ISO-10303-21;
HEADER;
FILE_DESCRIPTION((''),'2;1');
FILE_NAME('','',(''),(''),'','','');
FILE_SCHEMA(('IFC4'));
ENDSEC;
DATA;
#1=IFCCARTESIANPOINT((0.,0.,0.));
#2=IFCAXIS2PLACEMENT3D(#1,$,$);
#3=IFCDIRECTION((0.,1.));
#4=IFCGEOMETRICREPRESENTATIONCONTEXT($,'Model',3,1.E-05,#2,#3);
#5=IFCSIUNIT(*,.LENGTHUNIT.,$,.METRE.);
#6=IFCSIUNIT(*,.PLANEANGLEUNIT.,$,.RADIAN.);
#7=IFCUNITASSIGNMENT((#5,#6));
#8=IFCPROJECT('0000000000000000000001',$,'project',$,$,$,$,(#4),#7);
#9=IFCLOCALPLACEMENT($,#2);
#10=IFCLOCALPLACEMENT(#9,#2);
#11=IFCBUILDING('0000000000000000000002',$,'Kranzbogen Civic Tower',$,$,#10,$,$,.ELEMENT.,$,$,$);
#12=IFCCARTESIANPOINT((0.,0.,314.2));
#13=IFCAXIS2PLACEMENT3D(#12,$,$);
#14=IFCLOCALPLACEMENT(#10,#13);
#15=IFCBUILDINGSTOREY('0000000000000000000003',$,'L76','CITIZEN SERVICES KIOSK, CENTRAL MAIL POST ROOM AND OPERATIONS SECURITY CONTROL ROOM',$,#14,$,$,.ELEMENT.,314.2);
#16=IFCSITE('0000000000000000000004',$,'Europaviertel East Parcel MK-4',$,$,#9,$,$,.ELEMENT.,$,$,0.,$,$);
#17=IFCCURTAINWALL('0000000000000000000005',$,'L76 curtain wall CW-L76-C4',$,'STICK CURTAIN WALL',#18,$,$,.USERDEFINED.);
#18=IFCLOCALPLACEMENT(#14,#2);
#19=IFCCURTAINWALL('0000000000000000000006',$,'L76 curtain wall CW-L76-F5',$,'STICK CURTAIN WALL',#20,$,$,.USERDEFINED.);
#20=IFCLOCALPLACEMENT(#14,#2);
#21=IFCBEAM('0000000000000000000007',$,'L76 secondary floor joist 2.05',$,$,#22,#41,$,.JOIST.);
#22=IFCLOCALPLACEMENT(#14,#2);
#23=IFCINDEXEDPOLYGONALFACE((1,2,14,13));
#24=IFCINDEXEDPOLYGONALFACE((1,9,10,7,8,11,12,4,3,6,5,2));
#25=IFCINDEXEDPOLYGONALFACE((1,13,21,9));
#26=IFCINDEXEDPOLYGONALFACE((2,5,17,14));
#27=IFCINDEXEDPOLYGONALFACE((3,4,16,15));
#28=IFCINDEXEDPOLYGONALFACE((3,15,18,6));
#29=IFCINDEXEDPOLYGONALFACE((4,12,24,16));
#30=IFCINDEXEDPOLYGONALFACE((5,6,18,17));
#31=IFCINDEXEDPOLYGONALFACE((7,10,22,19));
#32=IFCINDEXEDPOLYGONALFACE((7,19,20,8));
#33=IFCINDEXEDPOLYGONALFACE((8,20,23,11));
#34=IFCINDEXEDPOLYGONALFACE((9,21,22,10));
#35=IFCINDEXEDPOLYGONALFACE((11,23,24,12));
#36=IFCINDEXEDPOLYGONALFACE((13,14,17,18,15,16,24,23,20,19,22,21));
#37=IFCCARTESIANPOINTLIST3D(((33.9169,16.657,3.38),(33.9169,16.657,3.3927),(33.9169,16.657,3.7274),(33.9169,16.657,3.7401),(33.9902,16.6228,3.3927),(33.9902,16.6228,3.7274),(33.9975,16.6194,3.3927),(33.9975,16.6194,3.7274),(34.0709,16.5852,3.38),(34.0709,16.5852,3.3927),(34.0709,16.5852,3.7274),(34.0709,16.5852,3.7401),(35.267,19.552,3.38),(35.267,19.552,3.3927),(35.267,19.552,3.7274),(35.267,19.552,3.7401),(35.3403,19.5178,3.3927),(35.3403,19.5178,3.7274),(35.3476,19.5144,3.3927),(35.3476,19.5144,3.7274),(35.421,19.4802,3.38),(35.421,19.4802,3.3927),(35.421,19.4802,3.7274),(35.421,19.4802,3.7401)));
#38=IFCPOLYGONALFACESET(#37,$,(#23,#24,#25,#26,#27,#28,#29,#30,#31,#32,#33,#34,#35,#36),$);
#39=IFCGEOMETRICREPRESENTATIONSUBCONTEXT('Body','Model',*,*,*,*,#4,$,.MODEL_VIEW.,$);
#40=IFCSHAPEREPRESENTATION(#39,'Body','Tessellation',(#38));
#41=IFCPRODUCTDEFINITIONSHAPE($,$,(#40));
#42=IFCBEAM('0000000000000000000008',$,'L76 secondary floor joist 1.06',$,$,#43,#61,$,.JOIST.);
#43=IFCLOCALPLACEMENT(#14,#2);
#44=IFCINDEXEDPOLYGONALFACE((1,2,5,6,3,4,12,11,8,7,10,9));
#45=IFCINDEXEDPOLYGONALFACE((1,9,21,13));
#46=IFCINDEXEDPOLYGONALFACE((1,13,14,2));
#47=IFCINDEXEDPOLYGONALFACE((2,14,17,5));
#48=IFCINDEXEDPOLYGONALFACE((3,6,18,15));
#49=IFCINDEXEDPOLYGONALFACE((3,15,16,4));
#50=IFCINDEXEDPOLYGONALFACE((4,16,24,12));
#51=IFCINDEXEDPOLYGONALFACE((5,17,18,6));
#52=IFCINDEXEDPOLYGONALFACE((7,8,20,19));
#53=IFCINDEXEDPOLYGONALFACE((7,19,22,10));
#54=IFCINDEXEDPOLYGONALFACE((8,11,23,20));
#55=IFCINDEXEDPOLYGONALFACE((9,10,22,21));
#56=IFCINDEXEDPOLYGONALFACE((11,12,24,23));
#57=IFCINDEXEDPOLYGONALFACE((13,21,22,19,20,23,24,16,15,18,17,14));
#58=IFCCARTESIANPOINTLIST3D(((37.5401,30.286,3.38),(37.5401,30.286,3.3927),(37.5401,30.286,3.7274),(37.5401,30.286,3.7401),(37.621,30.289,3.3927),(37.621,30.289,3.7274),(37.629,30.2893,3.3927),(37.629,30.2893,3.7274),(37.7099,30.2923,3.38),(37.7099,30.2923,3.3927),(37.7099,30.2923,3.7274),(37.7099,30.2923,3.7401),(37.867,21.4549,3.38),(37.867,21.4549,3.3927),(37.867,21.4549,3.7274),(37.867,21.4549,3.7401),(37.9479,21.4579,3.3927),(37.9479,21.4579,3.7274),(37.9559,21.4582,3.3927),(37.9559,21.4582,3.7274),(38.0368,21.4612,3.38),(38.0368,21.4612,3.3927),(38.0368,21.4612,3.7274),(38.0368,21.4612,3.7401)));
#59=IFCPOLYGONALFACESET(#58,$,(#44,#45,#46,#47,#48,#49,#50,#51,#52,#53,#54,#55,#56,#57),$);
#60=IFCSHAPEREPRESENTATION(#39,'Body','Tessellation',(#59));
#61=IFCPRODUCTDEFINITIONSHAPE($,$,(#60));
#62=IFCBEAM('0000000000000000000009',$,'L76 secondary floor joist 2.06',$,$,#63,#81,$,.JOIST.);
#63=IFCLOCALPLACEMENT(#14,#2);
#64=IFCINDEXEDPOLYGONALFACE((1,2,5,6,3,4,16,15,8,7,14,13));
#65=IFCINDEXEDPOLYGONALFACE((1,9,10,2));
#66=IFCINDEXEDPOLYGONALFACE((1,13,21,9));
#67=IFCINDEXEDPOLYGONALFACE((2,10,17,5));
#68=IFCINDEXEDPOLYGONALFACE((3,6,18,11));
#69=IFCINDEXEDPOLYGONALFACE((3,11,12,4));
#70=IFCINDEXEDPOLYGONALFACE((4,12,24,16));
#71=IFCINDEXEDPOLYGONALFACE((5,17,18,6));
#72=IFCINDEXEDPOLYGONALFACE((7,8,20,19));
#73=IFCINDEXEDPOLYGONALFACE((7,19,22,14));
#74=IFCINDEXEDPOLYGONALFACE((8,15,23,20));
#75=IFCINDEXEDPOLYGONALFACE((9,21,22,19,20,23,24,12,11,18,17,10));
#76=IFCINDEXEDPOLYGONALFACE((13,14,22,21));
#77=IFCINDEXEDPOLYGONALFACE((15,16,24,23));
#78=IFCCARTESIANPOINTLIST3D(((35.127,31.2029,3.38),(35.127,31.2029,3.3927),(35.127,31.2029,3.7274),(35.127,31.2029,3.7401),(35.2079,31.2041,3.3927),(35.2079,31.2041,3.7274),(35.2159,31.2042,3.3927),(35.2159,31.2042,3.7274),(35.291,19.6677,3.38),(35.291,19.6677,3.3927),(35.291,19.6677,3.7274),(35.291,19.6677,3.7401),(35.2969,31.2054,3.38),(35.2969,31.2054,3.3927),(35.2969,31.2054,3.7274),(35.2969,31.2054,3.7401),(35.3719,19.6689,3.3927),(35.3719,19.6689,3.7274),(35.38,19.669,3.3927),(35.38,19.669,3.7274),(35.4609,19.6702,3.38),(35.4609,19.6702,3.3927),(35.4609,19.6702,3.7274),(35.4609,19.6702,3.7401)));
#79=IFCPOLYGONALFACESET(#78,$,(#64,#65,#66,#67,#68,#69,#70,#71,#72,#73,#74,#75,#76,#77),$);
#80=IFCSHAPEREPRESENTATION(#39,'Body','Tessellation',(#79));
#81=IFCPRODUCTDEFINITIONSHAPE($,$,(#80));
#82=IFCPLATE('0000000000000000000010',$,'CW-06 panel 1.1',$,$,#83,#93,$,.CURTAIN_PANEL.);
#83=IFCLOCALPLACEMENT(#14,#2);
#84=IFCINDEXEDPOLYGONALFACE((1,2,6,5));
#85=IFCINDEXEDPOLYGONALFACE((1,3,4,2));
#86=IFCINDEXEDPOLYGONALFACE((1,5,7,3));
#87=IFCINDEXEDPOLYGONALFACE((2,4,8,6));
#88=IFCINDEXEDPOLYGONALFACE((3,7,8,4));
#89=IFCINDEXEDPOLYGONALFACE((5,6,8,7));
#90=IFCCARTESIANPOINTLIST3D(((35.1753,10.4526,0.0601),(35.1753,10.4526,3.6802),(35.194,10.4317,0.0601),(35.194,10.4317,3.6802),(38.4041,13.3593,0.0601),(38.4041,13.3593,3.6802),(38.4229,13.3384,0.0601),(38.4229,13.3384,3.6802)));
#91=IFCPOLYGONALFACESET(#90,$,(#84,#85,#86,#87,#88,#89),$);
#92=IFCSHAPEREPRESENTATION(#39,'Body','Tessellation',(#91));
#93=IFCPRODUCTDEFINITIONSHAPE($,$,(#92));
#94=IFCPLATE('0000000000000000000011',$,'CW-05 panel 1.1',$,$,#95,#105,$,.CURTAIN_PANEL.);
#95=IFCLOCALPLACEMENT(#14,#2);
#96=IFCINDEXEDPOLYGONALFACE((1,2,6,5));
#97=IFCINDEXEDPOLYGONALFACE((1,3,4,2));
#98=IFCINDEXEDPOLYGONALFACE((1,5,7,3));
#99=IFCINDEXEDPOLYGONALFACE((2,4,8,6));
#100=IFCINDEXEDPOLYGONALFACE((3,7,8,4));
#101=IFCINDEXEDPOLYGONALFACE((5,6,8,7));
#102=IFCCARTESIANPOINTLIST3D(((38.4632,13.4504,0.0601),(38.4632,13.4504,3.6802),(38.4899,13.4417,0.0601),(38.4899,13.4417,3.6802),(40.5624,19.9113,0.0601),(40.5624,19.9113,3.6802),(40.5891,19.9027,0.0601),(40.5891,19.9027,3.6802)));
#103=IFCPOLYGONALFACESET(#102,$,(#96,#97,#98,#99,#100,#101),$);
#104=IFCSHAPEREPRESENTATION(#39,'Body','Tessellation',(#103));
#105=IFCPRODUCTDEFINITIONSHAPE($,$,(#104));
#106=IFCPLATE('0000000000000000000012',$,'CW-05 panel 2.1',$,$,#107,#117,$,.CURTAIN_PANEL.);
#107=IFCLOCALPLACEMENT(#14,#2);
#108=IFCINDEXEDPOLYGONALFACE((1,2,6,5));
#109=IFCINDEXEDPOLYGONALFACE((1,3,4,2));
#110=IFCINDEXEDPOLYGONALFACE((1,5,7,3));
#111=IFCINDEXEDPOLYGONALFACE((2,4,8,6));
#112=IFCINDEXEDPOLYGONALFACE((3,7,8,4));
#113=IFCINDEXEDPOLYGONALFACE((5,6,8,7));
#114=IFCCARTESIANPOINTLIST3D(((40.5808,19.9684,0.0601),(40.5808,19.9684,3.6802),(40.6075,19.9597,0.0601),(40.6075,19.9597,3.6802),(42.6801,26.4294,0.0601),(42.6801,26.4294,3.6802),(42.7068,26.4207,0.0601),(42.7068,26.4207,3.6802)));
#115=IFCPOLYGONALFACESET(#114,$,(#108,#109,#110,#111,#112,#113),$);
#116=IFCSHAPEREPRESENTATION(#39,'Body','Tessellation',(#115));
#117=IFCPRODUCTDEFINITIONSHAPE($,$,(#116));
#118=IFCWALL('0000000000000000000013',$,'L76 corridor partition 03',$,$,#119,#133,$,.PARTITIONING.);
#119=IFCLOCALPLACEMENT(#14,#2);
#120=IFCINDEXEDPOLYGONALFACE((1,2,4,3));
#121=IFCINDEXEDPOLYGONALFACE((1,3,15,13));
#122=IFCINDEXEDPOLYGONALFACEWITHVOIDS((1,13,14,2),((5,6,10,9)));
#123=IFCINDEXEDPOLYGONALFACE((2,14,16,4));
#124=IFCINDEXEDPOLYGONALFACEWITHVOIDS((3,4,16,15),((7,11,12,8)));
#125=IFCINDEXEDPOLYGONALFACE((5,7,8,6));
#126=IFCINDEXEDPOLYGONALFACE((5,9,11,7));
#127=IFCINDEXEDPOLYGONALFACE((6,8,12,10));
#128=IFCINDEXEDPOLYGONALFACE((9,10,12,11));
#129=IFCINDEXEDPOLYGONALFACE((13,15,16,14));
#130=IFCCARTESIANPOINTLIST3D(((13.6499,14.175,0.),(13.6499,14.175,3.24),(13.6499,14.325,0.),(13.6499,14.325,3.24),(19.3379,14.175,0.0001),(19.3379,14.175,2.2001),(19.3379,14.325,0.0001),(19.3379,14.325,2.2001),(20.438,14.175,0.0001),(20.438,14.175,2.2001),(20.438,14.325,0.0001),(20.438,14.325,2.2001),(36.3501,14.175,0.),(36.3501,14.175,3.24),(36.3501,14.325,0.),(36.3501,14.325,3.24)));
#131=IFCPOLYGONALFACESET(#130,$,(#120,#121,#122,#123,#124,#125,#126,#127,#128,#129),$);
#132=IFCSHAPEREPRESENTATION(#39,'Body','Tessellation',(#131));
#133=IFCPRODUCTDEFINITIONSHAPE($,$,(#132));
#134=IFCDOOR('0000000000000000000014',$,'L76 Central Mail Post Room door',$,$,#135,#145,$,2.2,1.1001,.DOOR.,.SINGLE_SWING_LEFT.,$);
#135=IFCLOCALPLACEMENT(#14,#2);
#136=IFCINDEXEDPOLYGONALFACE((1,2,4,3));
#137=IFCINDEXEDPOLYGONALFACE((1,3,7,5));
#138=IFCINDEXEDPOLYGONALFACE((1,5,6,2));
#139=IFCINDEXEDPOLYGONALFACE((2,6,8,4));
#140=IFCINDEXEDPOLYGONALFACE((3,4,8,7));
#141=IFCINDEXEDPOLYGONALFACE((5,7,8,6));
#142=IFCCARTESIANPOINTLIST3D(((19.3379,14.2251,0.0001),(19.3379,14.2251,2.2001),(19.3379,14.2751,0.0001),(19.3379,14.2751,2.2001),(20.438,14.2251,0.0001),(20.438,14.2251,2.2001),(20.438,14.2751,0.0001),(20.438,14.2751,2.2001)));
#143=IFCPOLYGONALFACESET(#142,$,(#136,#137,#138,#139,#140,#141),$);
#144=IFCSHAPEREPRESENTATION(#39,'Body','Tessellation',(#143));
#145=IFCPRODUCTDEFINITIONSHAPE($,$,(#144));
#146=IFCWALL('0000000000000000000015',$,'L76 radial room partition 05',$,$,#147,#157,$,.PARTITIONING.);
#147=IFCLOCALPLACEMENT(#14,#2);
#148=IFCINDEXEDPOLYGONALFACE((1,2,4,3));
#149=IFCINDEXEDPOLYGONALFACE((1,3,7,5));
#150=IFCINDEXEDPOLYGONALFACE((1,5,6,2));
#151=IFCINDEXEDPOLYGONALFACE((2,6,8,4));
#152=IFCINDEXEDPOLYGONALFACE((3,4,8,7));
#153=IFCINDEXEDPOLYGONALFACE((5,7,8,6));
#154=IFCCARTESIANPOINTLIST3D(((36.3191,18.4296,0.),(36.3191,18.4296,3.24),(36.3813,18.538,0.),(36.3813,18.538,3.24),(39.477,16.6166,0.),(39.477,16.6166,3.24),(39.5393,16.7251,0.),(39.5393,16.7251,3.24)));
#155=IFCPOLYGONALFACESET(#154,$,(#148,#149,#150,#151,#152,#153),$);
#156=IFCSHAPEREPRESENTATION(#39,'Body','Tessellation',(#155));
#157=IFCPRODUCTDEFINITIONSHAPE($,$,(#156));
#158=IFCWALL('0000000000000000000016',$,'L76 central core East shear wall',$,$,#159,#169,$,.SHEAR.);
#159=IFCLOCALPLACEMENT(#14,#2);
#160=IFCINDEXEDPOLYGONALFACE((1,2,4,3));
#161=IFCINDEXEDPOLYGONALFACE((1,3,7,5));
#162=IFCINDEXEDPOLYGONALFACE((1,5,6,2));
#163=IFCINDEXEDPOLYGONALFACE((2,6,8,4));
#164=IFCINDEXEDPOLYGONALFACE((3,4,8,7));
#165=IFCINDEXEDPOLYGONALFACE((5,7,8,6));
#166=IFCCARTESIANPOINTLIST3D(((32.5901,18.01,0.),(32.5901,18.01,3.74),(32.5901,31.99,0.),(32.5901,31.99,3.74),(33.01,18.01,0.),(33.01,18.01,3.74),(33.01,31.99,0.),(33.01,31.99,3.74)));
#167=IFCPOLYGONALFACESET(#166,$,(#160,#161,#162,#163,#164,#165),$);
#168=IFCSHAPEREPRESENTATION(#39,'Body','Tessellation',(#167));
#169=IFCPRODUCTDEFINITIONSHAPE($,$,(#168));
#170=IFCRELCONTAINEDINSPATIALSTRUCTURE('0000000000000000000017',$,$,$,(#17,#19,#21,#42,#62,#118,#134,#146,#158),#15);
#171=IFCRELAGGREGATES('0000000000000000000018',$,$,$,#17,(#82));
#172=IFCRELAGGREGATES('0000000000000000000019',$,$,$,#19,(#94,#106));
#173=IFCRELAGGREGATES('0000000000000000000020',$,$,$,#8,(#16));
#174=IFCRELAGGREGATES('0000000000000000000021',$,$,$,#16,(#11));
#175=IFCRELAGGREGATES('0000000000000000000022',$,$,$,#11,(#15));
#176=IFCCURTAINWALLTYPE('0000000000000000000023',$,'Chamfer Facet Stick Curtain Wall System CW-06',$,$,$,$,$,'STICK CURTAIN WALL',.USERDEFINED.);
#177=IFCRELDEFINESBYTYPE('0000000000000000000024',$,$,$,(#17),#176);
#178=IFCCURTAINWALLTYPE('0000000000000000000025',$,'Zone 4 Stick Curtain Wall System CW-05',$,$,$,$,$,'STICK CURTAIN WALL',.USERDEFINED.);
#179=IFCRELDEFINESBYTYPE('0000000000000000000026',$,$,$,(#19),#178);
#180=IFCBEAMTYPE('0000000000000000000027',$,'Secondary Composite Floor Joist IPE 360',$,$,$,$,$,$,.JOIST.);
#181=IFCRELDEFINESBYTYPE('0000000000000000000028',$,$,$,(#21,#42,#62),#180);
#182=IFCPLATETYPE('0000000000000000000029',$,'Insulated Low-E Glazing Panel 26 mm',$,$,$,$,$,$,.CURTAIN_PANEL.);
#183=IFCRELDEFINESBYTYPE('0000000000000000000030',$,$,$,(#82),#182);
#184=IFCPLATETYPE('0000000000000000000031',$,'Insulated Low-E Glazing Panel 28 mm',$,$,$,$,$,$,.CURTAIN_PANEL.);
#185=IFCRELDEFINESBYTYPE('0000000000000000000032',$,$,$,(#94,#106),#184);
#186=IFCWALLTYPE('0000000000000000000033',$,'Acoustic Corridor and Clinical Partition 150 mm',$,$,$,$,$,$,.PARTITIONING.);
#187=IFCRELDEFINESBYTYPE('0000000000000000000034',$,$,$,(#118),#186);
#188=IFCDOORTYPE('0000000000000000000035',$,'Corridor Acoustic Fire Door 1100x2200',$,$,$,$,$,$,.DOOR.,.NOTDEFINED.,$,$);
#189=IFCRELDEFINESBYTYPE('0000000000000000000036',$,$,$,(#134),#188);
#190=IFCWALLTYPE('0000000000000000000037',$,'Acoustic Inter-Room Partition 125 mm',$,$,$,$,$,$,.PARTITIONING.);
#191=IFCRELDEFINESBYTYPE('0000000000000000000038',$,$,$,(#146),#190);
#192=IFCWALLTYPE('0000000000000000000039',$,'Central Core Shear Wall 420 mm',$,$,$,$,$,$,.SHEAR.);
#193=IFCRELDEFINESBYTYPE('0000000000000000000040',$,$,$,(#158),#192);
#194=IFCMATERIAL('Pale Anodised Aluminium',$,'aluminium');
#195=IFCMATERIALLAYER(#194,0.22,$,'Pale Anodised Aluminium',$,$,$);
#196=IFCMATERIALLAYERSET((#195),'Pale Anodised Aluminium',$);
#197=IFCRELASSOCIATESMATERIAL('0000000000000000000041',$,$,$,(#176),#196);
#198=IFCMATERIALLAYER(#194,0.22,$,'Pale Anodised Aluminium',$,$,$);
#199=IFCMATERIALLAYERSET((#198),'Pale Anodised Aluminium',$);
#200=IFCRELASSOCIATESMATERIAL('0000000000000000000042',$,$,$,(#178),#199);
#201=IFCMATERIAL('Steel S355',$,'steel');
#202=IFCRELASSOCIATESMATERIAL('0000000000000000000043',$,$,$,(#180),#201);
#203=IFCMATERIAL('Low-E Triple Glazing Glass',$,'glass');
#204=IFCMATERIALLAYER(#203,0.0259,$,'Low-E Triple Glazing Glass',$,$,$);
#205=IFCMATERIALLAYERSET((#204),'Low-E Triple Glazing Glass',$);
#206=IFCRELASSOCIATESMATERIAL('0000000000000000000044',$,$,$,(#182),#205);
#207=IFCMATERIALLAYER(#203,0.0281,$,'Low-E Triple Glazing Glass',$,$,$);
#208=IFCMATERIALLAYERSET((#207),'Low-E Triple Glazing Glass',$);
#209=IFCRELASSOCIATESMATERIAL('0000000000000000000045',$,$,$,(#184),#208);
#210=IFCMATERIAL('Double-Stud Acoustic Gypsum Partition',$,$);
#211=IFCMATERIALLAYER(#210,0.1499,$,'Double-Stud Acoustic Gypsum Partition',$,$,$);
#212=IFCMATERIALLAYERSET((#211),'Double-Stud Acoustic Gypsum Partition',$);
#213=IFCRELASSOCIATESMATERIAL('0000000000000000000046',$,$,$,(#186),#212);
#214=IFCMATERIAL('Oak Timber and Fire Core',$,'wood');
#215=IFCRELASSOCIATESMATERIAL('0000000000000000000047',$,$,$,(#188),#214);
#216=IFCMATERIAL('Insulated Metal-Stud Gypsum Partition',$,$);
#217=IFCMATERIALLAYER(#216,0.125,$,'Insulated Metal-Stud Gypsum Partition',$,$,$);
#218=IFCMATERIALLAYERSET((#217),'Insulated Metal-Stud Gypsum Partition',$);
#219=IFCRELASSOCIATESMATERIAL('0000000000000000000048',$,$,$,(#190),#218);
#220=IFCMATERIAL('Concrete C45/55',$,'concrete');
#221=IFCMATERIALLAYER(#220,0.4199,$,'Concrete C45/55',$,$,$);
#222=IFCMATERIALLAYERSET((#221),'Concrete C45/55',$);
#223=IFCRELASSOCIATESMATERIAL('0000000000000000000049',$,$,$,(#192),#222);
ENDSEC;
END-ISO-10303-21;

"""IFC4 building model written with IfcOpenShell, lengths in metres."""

from ifc_helpers import new_model, si_unit, direction, frame, frame_2d, origin, origin_2d, place, context, subcontext, project, spatial, rectangle, i_section, extrude, material, layer, layer_set, material_profile, profile_set, type_object, element, fill, aggregate, save


model = new_model("IFC4")

# Units and contexts
model_context = context("Model", 3, precision=1e-05, world=origin(), true_north=direction((0.0, 1.0)))
body_context = subcontext(model_context, "Body", "Model", "MODEL_VIEW")
ifc_project = project(units=[si_unit("LENGTHUNIT", "METRE"), si_unit("PLANEANGLEUNIT", "RADIAN")], contexts=[model_context])

# Site, building, storey
site_placement = place(None, origin())
site = spatial("IfcSite", under=ifc_project, at=site_placement, Name="Europaviertel East Parcel MK-4", CompositionType="ELEMENT", RefElevation=0.0)
building_placement = place(site_placement, origin())
building = spatial("IfcBuilding", under=site, at=building_placement, Name="Kranzbogen Civic Tower", CompositionType="ELEMENT")
storey_placement = place(building_placement, frame((0.0, 0.0, 314.2)))
storey = spatial("IfcBuildingStorey", under=building, at=storey_placement, Name="L76", Description="CITIZEN SERVICES KIOSK, CENTRAL MAIL POST ROOM AND OPERATIONS SECURITY CONTROL ROOM", CompositionType="ELEMENT", Elevation=314.2)

# Shared definitions
ifc_material_1 = material(Name="Steel S355", Category="steel")

# Curtain wall
ifc_material_2 = material(Name="Pale Anodised Aluminium", Category="aluminium")
ifc_layer_1 = layer(ifc_material_2, 0.22, Name="Pale Anodised Aluminium")
ifc_layer_set_1 = layer_set([ifc_layer_1], Name="Pale Anodised Aluminium")
curtain_wall_type_1 = type_object("IfcCurtainWallType", Name="Chamfer Facet Stick Curtain Wall System CW-06", ElementType="STICK CURTAIN WALL", PredefinedType="USERDEFINED", material=ifc_layer_set_1)
curtain_wall_1_placement = place(storey_placement, origin())
curtain_wall_1 = element("IfcCurtainWall", 1, at=curtain_wall_1_placement, inside=storey, type_object=curtain_wall_type_1, Name="L76 curtain wall CW-L76-C4", ObjectType="STICK CURTAIN WALL", PredefinedType="USERDEFINED")

# Shared definitions
ifc_layer_2 = layer(ifc_material_2, 0.22, Name="Pale Anodised Aluminium")
ifc_layer_set_2 = layer_set([ifc_layer_2], Name="Pale Anodised Aluminium")
curtain_wall_type_2 = type_object("IfcCurtainWallType", Name="Zone 4 Stick Curtain Wall System CW-05", ElementType="STICK CURTAIN WALL", PredefinedType="USERDEFINED", material=ifc_layer_set_2)

# Curtain wall
curtain_wall_2_placement = place(storey_placement, origin())
curtain_wall_2 = element("IfcCurtainWall", 2, at=curtain_wall_2_placement, inside=storey, type_object=curtain_wall_type_2, Name="L76 curtain wall CW-L76-F5", ObjectType="STICK CURTAIN WALL", PredefinedType="USERDEFINED")

# Beams
ifc_material_profile_1 = material_profile(ifc_material_1, i_section(OverallWidth=0.1699, OverallDepth=0.3601, WebThickness=0.0081, FlangeThickness=0.0127, at=origin_2d()), Name="IPE 360")
ifc_profile_set_1 = profile_set([ifc_material_profile_1], Name="Steel S355")
beam_type_1 = type_object("IfcBeamType", Name="Secondary Composite Floor Joist IPE 360", PredefinedType="JOIST", material=ifc_profile_set_1)
beam_1_placement = place(storey_placement, frame((33.9939, 16.6211, 3.5601), z_axis=(0.422651, 0.906292, 0.0), x_axis=(-0.906292, 0.422651, 0.0)))
element("IfcBeam", 3, at=beam_1_placement, inside=storey, type_object=beam_type_1, Name="L76 secondary floor joist 2.05", PredefinedType="JOIST", context=body_context, shape_type="SweptSolid", body=[
    extrude(i_section(OverallWidth=0.1699, OverallDepth=0.3601, WebThickness=0.0081, FlangeThickness=0.0127, at=origin_2d()), origin(), (0.0, 0.0, 1.0), 3.1943),
])
beam_2_placement = place(storey_placement, frame((37.9519, 21.458, 3.5601), z_axis=(-0.036992, 0.999316, 0.0), x_axis=(-0.999316, -0.036992, 0.0)))
element("IfcBeam", 4, at=beam_2_placement, inside=storey, type_object=beam_type_1, Name="L76 secondary floor joist 1.06", PredefinedType="JOIST", context=body_context, shape_type="SweptSolid", body=[
    extrude(i_section(OverallWidth=0.1699, OverallDepth=0.3601, WebThickness=0.0081, FlangeThickness=0.0127, at=origin_2d()), origin(), (0.0, 0.0, 1.0), 8.8372),
])
beam_3_placement = place(storey_placement, frame((35.376, 19.6689, 3.5601), z_axis=(-0.014221, 0.999899, 0.0), x_axis=(-0.999899, -0.014221, 0.0)))
element("IfcBeam", 5, at=beam_3_placement, inside=storey, type_object=beam_type_1, Name="L76 secondary floor joist 2.06", PredefinedType="JOIST", context=body_context, shape_type="SweptSolid", body=[
    extrude(i_section(OverallWidth=0.1699, OverallDepth=0.3601, WebThickness=0.0081, FlangeThickness=0.0127, at=origin_2d()), origin(), (0.0, 0.0, 1.0), 11.5364),
])

# Plates
ifc_material_3 = material(Name="Low-E Triple Glazing Glass", Category="glass")
ifc_layer_3 = layer(ifc_material_3, 0.0259, Name="Low-E Triple Glazing Glass")
ifc_layer_set_3 = layer_set([ifc_layer_3], Name="Low-E Triple Glazing Glass")
plate_type_1 = type_object("IfcPlateType", Name="Insulated Low-E Glazing Panel 26 mm", PredefinedType="CURTAIN_PANEL", material=ifc_layer_set_3)
plate_1_placement = place(storey_placement, frame((36.7991, 11.8955, 0.0601), z_axis=(0.0, 0.0, 1.0), x_axis=(0.743205, 0.669064, 0.0)))
plate_1 = element("IfcPlate", 6, at=plate_1_placement, type_object=plate_type_1, Name="CW-06 panel 1.1", PredefinedType="CURTAIN_PANEL", context=body_context, shape_type="SweptSolid", body=[
    extrude(rectangle(XDim=4.3445, YDim=0.0281, at=origin_2d()), origin(), (0.0, 0.0, 1.0), 3.6201),
])
aggregate(curtain_wall_1, [plate_1])
ifc_layer_4 = layer(ifc_material_3, 0.0281, Name="Low-E Triple Glazing Glass")
ifc_layer_set_4 = layer_set([ifc_layer_4], Name="Low-E Triple Glazing Glass")
plate_type_2 = type_object("IfcPlateType", Name="Insulated Low-E Glazing Panel 28 mm", PredefinedType="CURTAIN_PANEL", material=ifc_layer_set_4)
plate_2_placement = place(storey_placement, frame((39.5261, 16.6765, 0.0601), z_axis=(0.0, 0.0, 1.0), x_axis=(0.309006, 0.95106, 0.0)))
plate_2 = element("IfcPlate", 7, at=plate_2_placement, type_object=plate_type_2, Name="CW-05 panel 1.1", PredefinedType="CURTAIN_PANEL", context=body_context, shape_type="SweptSolid", body=[
    extrude(rectangle(XDim=6.7935, YDim=0.0281, at=origin_2d()), origin(), (0.0, 0.0, 1.0), 3.6201),
])
plate_3_placement = place(storey_placement, frame((41.6438, 23.1946, 0.0601), z_axis=(0.0, 0.0, 1.0), x_axis=(0.309006, 0.95106, 0.0)))
plate_3 = element("IfcPlate", 8, at=plate_3_placement, type_object=plate_type_2, Name="CW-05 panel 2.1", PredefinedType="CURTAIN_PANEL", context=body_context, shape_type="SweptSolid", body=[
    extrude(rectangle(XDim=6.7935, YDim=0.0281, at=origin_2d()), origin(), (0.0, 0.0, 1.0), 3.6201),
])
aggregate(curtain_wall_2, [plate_2, plate_3])

# Wall, opening, door
ifc_material_4 = material(Name="Double-Stud Acoustic Gypsum Partition")
ifc_layer_5 = layer(ifc_material_4, 0.1499, Name="Double-Stud Acoustic Gypsum Partition")
ifc_layer_set_5 = layer_set([ifc_layer_5], Name="Double-Stud Acoustic Gypsum Partition")
wall_type_1 = type_object("IfcWallType", Name="Acoustic Corridor and Clinical Partition 150 mm", PredefinedType="PARTITIONING", material=ifc_layer_set_5)
wall_1_placement = place(storey_placement, frame((36.3501, 14.25, 0.0), z_axis=(0.0, 0.0, 1.0), x_axis=(-1.0, 0.0, 0.0)))
wall_1 = element("IfcWall", 9, at=wall_1_placement, inside=storey, type_object=wall_type_1, Name="L76 corridor partition 03", PredefinedType="PARTITIONING", context=body_context, shape_type="SweptSolid", body=[
    extrude(rectangle(XDim=22.7002, YDim=0.1499, at=frame_2d((11.3501, 0.0))), origin(), (0.0, 0.0, 1.0), 3.24),
])
opening_placement = place(wall_1_placement, frame((15.9121, 0.0, 0.0)))
opening = element("IfcOpeningElement", 10, at=opening_placement, cuts=wall_1, PredefinedType="OPENING", context=body_context, shape_type="SweptSolid", body=[
    extrude(rectangle(XDim=1.1001, YDim=2.2, at=frame_2d((0.55, 1.1001))), frame((0.0, 0.085, 0.0), z_axis=(0.0, -1.0, 0.0), x_axis=(1.0, 0.0, 0.0)), (0.0, 0.0, 1.0), 0.1699),
])
ifc_material_5 = material(Name="Oak Timber and Fire Core", Category="wood")
door_type = type_object("IfcDoorType", Name="Corridor Acoustic Fire Door 1100x2200", OperationType="NOTDEFINED", PredefinedType="DOOR", material=ifc_material_5)
door_placement = place(opening_placement, origin())
door = element("IfcDoor", 11, at=door_placement, inside=storey, type_object=door_type, Name="L76 Central Mail Post Room door", OperationType="SINGLE_SWING_LEFT", OverallHeight=2.2, OverallWidth=1.1001, PredefinedType="DOOR", context=body_context, shape_type="SweptSolid", body=[
    extrude(rectangle(XDim=1.1001, YDim=2.2, at=frame_2d((0.55, 1.1001))), frame((0.0, 0.0249, 0.0), z_axis=(0.0, -1.0, 0.0), x_axis=(1.0, 0.0, 0.0)), (0.0, 0.0, 1.0), 0.05),
])
fill(opening, door)

# Walls
ifc_material_6 = material(Name="Insulated Metal-Stud Gypsum Partition")
ifc_layer_6 = layer(ifc_material_6, 0.125, Name="Insulated Metal-Stud Gypsum Partition")
ifc_layer_set_6 = layer_set([ifc_layer_6], Name="Insulated Metal-Stud Gypsum Partition")
wall_type_2 = type_object("IfcWallType", Name="Acoustic Inter-Room Partition 125 mm", PredefinedType="PARTITIONING", material=ifc_layer_set_6)
wall_2_placement = place(storey_placement, frame((36.3501, 18.4839, 0.0), z_axis=(0.0, 0.0, 1.0), x_axis=(0.867243, -0.497885, 0.0)))
element("IfcWall", 12, at=wall_2_placement, inside=storey, type_object=wall_type_2, Name="L76 radial room partition 05", PredefinedType="PARTITIONING", context=body_context, shape_type="SweptSolid", body=[
    extrude(rectangle(XDim=3.6414, YDim=0.125, at=frame_2d((1.8208, 0.0))), origin(), (0.0, 0.0, 1.0), 3.24),
])
ifc_material_7 = material(Name="Concrete C45/55", Category="concrete")
ifc_layer_7 = layer(ifc_material_7, 0.4199, Name="Concrete C45/55")
ifc_layer_set_7 = layer_set([ifc_layer_7], Name="Concrete C45/55")
wall_type_3 = type_object("IfcWallType", Name="Central Core Shear Wall 420 mm", PredefinedType="SHEAR", material=ifc_layer_set_7)
wall_3_placement = place(storey_placement, frame((32.8, 18.01, 0.0), z_axis=(0.0, 0.0, 1.0), x_axis=(0.0, 1.0, 0.0)))
element("IfcWall", 13, at=wall_3_placement, inside=storey, type_object=wall_type_3, Name="L76 central core East shear wall", PredefinedType="SHEAR", context=body_context, shape_type="SweptSolid", body=[
    extrude(rectangle(XDim=13.98, YDim=0.4199, at=frame_2d((6.99, 0.0))), origin(), (0.0, 0.0, 1.0), 3.74),
])

save(model, "model.ifc")
